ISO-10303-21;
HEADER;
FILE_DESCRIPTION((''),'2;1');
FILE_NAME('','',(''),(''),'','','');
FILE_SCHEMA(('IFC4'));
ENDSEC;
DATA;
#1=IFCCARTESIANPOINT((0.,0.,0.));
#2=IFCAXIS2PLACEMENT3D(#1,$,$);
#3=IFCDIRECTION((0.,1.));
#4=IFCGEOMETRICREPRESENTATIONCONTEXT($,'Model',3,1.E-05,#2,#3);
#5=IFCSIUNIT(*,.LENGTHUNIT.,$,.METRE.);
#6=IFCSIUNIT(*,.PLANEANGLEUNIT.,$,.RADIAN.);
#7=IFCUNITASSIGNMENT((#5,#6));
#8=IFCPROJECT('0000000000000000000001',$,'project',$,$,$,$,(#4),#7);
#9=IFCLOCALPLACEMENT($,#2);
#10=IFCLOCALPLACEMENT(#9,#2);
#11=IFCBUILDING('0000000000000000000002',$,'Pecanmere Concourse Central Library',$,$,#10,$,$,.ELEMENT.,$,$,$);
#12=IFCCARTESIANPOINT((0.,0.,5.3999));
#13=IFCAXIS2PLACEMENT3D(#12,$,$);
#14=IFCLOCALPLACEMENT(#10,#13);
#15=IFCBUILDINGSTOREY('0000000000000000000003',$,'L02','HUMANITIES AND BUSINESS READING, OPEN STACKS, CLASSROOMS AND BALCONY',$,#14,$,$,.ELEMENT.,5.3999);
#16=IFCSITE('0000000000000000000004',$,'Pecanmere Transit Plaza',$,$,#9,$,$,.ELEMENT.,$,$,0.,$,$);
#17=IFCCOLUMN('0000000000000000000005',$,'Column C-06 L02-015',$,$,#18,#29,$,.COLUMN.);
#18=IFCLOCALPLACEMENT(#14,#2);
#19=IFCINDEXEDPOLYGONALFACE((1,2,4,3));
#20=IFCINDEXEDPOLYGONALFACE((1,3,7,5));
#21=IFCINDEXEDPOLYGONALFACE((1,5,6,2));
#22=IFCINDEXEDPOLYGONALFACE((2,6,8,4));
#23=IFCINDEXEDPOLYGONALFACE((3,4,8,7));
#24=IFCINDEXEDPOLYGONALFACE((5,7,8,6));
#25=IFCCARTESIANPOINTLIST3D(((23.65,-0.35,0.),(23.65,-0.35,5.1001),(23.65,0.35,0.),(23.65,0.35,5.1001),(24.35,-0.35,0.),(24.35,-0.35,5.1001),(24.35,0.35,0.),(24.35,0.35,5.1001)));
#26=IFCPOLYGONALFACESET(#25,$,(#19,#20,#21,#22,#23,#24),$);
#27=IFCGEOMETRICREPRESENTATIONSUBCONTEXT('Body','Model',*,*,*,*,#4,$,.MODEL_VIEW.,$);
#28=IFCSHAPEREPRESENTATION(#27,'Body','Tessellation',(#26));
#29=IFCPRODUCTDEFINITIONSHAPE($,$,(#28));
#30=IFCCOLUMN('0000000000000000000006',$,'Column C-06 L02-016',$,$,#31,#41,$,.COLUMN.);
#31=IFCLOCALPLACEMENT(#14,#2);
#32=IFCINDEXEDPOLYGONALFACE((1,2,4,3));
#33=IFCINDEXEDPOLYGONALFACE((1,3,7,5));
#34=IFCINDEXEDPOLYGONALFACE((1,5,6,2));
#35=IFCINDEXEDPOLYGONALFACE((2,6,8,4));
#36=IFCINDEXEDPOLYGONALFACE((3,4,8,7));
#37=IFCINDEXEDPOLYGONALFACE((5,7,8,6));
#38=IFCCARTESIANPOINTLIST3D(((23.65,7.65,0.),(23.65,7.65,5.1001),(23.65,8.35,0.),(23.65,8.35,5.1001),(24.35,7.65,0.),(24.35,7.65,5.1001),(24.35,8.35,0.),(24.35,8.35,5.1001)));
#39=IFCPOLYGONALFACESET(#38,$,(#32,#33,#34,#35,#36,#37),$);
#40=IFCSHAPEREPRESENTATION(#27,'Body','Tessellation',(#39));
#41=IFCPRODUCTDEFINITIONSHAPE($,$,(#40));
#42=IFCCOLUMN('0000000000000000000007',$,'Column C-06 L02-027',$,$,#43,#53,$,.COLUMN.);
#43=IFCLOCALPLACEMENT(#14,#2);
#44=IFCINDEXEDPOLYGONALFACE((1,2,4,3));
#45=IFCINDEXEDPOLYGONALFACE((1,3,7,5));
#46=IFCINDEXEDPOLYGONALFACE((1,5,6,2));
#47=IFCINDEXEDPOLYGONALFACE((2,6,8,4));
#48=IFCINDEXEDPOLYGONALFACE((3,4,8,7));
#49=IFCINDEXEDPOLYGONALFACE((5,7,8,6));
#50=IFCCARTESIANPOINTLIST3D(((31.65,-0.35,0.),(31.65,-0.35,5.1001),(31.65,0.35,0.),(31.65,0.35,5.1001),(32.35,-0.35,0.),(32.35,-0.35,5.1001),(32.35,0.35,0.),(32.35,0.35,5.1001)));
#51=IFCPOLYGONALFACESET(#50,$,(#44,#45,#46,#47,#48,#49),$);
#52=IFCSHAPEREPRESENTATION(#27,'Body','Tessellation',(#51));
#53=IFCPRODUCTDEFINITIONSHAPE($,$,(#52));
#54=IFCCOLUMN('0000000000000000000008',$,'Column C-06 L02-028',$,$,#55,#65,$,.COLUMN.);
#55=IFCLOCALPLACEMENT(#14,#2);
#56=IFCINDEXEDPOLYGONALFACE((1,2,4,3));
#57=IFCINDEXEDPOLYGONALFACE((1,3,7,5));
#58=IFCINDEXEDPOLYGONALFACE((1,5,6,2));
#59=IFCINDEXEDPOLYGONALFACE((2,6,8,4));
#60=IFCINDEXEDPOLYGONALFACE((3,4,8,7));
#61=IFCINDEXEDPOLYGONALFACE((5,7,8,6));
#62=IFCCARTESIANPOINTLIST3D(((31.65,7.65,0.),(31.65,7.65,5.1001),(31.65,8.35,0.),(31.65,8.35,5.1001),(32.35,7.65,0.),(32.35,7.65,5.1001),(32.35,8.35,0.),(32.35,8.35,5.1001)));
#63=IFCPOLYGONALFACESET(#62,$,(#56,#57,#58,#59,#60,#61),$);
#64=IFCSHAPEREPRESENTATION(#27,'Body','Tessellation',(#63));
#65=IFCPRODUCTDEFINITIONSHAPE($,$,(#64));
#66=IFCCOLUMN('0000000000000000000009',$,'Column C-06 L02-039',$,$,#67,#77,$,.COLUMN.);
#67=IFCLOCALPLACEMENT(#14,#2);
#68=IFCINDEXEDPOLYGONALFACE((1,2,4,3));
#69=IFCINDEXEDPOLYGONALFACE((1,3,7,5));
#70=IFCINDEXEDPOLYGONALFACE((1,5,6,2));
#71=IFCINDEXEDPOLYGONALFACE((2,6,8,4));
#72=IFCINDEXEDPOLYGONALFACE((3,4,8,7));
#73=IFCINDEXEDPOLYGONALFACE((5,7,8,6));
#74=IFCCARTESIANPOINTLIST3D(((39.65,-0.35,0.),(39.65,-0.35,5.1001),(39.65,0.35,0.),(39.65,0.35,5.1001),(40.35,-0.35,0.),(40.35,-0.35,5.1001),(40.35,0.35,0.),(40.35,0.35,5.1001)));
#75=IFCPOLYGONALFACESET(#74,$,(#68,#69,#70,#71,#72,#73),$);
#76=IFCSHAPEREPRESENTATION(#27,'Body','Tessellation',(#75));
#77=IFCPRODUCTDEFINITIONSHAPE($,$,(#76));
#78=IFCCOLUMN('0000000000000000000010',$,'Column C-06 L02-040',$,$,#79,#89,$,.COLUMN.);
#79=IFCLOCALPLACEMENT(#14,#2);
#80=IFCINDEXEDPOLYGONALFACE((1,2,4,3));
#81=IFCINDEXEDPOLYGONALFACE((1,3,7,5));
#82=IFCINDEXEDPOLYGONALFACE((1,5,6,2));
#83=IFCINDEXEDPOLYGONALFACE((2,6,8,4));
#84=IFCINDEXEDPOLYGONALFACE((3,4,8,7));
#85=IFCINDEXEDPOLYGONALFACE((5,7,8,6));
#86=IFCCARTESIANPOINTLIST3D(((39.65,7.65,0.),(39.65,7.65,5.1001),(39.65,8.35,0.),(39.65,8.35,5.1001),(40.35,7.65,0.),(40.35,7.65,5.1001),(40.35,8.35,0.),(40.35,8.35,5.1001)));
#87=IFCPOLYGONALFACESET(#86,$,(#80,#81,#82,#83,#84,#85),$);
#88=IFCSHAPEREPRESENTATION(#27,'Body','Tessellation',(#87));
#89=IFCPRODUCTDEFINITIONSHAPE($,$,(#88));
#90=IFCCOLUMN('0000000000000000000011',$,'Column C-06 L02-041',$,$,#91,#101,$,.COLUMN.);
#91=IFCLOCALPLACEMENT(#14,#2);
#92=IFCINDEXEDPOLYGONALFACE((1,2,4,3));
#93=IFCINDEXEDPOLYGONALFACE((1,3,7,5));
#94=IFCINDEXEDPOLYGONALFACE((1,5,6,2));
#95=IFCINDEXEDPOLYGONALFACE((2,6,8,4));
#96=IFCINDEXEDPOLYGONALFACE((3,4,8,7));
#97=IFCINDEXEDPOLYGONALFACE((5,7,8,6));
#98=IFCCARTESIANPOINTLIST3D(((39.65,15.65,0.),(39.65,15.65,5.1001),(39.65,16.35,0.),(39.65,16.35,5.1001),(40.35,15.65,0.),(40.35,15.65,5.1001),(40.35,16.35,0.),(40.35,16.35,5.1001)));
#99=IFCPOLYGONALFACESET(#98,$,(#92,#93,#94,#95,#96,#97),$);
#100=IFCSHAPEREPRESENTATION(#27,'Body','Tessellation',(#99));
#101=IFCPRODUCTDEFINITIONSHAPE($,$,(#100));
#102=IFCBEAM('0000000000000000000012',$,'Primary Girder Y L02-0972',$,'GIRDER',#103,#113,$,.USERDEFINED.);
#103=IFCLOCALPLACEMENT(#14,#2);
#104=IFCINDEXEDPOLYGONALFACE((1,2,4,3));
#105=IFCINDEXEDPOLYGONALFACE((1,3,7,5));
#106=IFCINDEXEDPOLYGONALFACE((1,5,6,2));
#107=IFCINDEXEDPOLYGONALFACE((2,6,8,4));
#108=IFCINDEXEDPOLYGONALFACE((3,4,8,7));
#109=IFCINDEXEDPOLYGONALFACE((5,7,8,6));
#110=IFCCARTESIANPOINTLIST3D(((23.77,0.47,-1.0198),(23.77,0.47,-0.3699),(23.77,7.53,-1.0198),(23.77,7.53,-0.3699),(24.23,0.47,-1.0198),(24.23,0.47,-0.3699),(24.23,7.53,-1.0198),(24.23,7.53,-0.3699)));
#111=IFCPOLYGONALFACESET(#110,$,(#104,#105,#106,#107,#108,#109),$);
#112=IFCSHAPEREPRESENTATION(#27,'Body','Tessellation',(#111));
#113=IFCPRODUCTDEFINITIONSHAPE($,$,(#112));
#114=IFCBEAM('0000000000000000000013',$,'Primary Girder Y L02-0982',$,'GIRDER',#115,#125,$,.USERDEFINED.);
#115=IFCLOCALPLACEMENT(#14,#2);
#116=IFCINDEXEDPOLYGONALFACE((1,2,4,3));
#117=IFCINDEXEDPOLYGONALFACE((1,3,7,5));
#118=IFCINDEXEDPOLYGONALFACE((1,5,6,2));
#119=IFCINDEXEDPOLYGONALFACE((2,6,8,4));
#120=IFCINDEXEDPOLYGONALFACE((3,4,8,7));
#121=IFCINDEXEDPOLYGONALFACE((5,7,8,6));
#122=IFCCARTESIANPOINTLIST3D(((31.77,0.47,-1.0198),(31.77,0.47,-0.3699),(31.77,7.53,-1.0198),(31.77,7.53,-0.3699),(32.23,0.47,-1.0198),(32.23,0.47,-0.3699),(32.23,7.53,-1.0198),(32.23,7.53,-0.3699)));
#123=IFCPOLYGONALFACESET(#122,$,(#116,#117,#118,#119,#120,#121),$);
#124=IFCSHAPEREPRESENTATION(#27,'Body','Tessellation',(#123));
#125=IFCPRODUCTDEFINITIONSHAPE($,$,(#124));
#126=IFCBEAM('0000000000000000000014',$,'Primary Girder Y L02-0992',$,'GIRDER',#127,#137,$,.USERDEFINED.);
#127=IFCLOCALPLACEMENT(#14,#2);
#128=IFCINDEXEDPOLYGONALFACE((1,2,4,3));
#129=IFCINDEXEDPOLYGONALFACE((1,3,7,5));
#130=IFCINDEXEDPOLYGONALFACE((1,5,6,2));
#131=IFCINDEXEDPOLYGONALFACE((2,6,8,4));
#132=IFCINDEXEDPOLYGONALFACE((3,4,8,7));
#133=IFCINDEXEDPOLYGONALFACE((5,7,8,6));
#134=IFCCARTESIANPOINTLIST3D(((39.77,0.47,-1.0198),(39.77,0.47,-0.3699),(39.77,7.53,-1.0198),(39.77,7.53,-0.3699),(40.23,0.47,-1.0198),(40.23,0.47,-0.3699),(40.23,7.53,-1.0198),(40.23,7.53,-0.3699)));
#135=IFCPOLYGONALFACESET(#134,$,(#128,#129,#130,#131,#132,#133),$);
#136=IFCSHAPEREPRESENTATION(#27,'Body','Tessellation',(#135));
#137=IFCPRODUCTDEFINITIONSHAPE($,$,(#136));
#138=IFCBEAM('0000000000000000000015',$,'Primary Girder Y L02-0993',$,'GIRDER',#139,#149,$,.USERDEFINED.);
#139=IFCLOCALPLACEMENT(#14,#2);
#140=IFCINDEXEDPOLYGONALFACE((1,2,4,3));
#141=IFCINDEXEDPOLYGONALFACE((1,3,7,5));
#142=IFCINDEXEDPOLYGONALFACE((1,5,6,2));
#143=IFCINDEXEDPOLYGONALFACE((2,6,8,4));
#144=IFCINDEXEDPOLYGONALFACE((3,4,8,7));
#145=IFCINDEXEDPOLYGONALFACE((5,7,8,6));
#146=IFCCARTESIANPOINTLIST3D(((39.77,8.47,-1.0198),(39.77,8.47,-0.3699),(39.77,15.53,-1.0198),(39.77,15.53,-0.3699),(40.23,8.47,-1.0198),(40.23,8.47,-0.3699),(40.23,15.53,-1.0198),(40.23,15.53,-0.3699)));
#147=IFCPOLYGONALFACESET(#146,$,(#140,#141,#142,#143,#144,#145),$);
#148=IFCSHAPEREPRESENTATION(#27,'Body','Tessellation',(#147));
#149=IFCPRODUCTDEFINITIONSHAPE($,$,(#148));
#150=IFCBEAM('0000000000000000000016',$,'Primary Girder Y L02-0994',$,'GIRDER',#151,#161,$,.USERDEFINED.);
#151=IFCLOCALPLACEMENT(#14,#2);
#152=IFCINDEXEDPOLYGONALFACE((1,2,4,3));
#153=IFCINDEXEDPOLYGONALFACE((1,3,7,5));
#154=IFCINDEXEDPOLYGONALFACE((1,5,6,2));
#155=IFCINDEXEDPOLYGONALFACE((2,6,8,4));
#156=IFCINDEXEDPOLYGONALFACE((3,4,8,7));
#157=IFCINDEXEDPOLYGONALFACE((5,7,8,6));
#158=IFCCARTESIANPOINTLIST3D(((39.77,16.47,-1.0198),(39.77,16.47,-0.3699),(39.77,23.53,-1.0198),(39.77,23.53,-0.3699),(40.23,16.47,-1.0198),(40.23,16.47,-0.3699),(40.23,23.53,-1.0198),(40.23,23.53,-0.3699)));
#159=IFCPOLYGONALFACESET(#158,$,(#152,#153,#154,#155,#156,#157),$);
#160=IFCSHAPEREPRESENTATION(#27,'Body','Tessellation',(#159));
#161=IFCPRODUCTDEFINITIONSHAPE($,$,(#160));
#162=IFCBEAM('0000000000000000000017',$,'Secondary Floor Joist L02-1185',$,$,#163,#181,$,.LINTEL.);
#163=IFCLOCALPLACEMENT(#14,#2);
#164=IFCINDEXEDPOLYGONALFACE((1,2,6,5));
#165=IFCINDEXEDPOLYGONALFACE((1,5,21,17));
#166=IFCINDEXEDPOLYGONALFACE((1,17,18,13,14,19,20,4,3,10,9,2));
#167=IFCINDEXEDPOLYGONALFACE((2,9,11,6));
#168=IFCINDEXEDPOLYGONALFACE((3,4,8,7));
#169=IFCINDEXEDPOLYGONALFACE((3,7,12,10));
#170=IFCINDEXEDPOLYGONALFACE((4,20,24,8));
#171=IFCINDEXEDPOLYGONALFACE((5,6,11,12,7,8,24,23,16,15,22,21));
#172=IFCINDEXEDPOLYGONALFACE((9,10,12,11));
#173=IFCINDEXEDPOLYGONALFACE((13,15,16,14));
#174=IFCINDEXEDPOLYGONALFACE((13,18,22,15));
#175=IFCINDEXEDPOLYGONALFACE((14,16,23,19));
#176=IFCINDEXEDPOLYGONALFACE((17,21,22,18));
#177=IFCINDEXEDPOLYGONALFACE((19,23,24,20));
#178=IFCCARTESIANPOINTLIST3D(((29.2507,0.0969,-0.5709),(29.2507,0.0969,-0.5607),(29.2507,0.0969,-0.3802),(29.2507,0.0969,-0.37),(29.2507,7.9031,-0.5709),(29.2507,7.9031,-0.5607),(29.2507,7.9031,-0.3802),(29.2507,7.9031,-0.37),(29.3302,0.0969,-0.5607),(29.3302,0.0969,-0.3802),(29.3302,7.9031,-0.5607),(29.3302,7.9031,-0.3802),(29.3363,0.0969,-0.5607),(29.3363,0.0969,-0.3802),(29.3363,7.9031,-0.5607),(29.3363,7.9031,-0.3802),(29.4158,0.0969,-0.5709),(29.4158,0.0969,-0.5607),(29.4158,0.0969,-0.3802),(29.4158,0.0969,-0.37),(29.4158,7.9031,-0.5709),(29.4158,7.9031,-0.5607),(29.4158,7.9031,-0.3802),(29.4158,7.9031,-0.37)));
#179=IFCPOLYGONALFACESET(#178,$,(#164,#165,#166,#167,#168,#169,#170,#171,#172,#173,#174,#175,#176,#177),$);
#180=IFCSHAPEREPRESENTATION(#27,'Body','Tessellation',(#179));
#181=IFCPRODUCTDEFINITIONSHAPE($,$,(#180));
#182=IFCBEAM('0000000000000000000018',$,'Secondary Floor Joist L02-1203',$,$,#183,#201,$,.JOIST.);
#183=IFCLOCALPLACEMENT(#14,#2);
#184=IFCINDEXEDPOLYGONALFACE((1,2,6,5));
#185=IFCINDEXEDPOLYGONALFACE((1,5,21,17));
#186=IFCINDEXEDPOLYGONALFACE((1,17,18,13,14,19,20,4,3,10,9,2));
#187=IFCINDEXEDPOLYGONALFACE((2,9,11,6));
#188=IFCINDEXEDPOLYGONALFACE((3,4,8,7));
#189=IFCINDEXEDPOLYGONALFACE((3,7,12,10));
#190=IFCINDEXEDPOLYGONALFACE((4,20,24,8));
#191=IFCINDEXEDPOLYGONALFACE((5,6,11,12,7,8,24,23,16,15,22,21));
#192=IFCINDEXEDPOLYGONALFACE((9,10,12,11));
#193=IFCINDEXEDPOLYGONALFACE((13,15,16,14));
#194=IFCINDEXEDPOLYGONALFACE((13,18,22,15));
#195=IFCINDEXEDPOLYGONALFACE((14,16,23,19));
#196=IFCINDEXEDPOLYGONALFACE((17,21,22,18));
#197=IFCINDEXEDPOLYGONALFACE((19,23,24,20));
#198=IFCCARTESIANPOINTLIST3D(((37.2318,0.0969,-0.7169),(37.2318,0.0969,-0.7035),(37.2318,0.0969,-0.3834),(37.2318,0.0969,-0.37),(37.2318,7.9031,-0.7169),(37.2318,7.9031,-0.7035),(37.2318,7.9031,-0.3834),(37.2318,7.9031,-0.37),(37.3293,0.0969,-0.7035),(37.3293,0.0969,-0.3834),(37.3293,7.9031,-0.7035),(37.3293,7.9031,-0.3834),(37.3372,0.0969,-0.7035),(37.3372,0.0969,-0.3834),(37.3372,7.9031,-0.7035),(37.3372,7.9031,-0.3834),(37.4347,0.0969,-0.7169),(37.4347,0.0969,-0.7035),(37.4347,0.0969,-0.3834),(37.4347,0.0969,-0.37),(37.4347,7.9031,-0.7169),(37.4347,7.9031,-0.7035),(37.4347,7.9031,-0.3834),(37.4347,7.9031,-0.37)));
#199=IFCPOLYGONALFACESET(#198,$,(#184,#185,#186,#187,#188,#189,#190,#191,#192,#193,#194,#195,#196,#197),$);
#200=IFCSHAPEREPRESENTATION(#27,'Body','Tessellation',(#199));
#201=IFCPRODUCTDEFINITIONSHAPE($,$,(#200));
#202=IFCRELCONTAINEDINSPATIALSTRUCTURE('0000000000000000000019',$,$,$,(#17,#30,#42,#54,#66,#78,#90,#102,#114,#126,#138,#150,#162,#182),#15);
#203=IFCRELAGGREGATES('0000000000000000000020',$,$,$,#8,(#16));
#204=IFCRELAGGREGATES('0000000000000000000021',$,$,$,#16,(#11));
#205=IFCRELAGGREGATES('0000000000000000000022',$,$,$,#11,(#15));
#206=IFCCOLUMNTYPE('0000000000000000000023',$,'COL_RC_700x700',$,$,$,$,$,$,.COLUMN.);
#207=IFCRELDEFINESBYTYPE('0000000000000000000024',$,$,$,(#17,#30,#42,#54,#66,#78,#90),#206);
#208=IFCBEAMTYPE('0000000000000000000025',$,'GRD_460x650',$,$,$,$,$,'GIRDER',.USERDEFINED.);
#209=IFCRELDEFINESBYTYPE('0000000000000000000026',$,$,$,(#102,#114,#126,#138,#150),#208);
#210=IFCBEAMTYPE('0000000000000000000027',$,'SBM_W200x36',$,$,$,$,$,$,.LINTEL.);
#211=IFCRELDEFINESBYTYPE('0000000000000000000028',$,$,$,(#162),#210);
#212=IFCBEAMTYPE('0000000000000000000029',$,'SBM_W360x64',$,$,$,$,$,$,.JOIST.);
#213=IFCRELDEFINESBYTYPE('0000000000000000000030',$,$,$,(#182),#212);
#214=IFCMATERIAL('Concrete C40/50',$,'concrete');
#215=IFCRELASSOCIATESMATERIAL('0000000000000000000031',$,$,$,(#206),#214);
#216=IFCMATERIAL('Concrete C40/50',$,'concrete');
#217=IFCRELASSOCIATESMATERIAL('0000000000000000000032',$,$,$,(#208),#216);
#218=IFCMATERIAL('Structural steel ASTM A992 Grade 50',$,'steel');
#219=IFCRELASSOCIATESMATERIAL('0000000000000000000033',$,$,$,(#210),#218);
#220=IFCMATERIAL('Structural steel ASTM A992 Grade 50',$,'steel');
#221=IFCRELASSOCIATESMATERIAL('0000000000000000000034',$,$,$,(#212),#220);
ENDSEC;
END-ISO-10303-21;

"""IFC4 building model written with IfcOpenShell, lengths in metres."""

from ifc_helpers import new_model, si_unit, direction, frame, origin, origin_2d, place, context, subcontext, project, spatial, rectangle, i_section, extrude, material, material_profile, profile_set, type_object, element, save


model = new_model("IFC4")

# Units and contexts
model_context = context("Model", 3, precision=1e-05, world=origin(), true_north=direction((0.0, 1.0)))
body_context = subcontext(model_context, "Body", "Model", "MODEL_VIEW")
ifc_project = project(units=[si_unit("LENGTHUNIT", "METRE"), si_unit("PLANEANGLEUNIT", "RADIAN")], contexts=[model_context])

# Site, building, storey
site_placement = place(None, origin())
site = spatial("IfcSite", under=ifc_project, at=site_placement, Name="Pecanmere Transit Plaza", CompositionType="ELEMENT", RefElevation=0.0)
building_placement = place(site_placement, origin())
building = spatial("IfcBuilding", under=site, at=building_placement, Name="Pecanmere Concourse Central Library", CompositionType="ELEMENT")
storey_placement = place(building_placement, frame((0.0, 0.0, 5.3999)))
storey = spatial("IfcBuildingStorey", under=building, at=storey_placement, Name="L02", Description="HUMANITIES AND BUSINESS READING, OPEN STACKS, CLASSROOMS AND BALCONY", CompositionType="ELEMENT", Elevation=5.3999)

# Columns
ifc_material_1 = material(Name="Concrete C40/50", Category="concrete")
ifc_material_profile_1 = material_profile(ifc_material_1, rectangle(XDim=0.7, YDim=0.7, at=origin_2d()), Name="RC 700x700")
ifc_profile_set_1 = profile_set([ifc_material_profile_1], Name="Concrete C40/50")
column_type = type_object("IfcColumnType", Name="COL_RC_700x700", PredefinedType="COLUMN", material=ifc_profile_set_1)
for number, where, z_axis, x_axis, name in (
    (1, (24.0, 0.0, 0.0), (0.0, 0.0, 1.0), (1.0, 0.0, 0.0), "Column C-06 L02-015"),
    (2, (24.0, 8.0, 0.0), (0.0, 0.0, 1.0), (1.0, 0.0, 0.0), "Column C-06 L02-016"),
    (3, (32.0, 0.0, 0.0), (0.0, 0.0, 1.0), (1.0, 0.0, 0.0), "Column C-06 L02-027"),
    (4, (32.0, 8.0, 0.0), (0.0, 0.0, 1.0), (1.0, 0.0, 0.0), "Column C-06 L02-028"),
    (5, (40.0, 0.0, 0.0), (0.0, 0.0, 1.0), (1.0, 0.0, 0.0), "Column C-06 L02-039"),
    (6, (40.0, 8.0, 0.0), (0.0, 0.0, 1.0), (1.0, 0.0, 0.0), "Column C-06 L02-040"),
    (7, (40.0, 16.0, 0.0), (0.0, 0.0, 1.0), (1.0, 0.0, 0.0), "Column C-06 L02-041"),
):
    element("IfcColumn", number, at=place(storey_placement, frame(where, z_axis=z_axis, x_axis=x_axis)), inside=storey, type_object=column_type, Name=name, PredefinedType="COLUMN", context=body_context, shape_type="SweptSolid", body=[
        extrude(rectangle(XDim=0.7, YDim=0.7, at=origin_2d()), origin(), (0.0, 0.0, 1.0), 5.1001),
    ])

# Beams
ifc_material_2 = material(Name="Concrete C40/50", Category="concrete")
ifc_material_profile_2 = material_profile(ifc_material_2, rectangle(XDim=0.46, YDim=0.6499, at=origin_2d()), Name="RC 460x650")
ifc_profile_set_2 = profile_set([ifc_material_profile_2], Name="Concrete C40/50")
beam_type_1 = type_object("IfcBeamType", Name="GRD_460x650", ElementType="GIRDER", PredefinedType="USERDEFINED", material=ifc_profile_set_2)
for number, where, z_axis, x_axis, name in (
    (8, (24.0, 0.47, -0.6948), (0.0, 1.0, 0.0), (-1.0, 0.0, 0.0), "Primary Girder Y L02-0972"),
    (9, (32.0, 0.47, -0.6948), (0.0, 1.0, 0.0), (-1.0, 0.0, 0.0), "Primary Girder Y L02-0982"),
    (10, (40.0, 0.47, -0.6948), (0.0, 1.0, 0.0), (-1.0, 0.0, 0.0), "Primary Girder Y L02-0992"),
    (11, (40.0, 8.47, -0.6948), (0.0, 1.0, 0.0), (-1.0, 0.0, 0.0), "Primary Girder Y L02-0993"),
    (12, (40.0, 16.47, -0.6948), (0.0, 1.0, 0.0), (-1.0, 0.0, 0.0), "Primary Girder Y L02-0994"),
):
    element("IfcBeam", number, at=place(storey_placement, frame(where, z_axis=z_axis, x_axis=x_axis)), inside=storey, type_object=beam_type_1, Name=name, ObjectType="GIRDER", PredefinedType="USERDEFINED", context=body_context, shape_type="SweptSolid", body=[
        extrude(rectangle(XDim=0.46, YDim=0.6499, at=origin_2d()), origin(), (0.0, 0.0, 1.0), 7.0601),
    ])
ifc_material_3 = material(Name="Structural steel ASTM A992 Grade 50", Category="steel")
ifc_material_profile_3 = material_profile(ifc_material_3, i_section(OverallWidth=0.165, OverallDepth=0.2009, WebThickness=0.0061, FlangeThickness=0.0103, at=origin_2d()), Name="W200x35.9")
ifc_profile_set_3 = profile_set([ifc_material_profile_3], Name="Structural steel ASTM A992 Grade 50")
beam_type_2 = type_object("IfcBeamType", Name="SBM_W200x36", PredefinedType="LINTEL", material=ifc_profile_set_3)
beam_1_placement = place(storey_placement, frame((29.3333, 0.0969, -0.4705), z_axis=(0.0, 1.0, 0.0), x_axis=(-1.0, 0.0, 0.0)))
element("IfcBeam", 13, at=beam_1_placement, inside=storey, type_object=beam_type_2, Name="Secondary Floor Joist L02-1185", PredefinedType="LINTEL", context=body_context, shape_type="SweptSolid", body=[
    extrude(i_section(OverallWidth=0.165, OverallDepth=0.2009, WebThickness=0.0061, FlangeThickness=0.0103, at=origin_2d()), origin(), (0.0, 0.0, 1.0), 7.8062),
])
ifc_material_4 = material(Name="Structural steel ASTM A992 Grade 50", Category="steel")
ifc_material_profile_4 = material_profile(ifc_material_4, i_section(OverallWidth=0.2029, OverallDepth=0.3469, WebThickness=0.0078, FlangeThickness=0.0134, at=origin_2d()), Name="W360x64")
ifc_profile_set_4 = profile_set([ifc_material_profile_4], Name="Structural steel ASTM A992 Grade 50")
beam_type_3 = type_object("IfcBeamType", Name="SBM_W360x64", PredefinedType="JOIST", material=ifc_profile_set_4)
beam_2_placement = place(storey_placement, frame((37.3333, 0.0969, -0.5435), z_axis=(0.0, 1.0, 0.0), x_axis=(-1.0, 0.0, 0.0)))
element("IfcBeam", 14, at=beam_2_placement, inside=storey, type_object=beam_type_3, Name="Secondary Floor Joist L02-1203", PredefinedType="JOIST", context=body_context, shape_type="SweptSolid", body=[
    extrude(i_section(OverallWidth=0.2029, OverallDepth=0.3469, WebThickness=0.0078, FlangeThickness=0.0134, at=origin_2d()), origin(), (0.0, 0.0, 1.0), 7.8062),
])

save(model, "model.ifc")
